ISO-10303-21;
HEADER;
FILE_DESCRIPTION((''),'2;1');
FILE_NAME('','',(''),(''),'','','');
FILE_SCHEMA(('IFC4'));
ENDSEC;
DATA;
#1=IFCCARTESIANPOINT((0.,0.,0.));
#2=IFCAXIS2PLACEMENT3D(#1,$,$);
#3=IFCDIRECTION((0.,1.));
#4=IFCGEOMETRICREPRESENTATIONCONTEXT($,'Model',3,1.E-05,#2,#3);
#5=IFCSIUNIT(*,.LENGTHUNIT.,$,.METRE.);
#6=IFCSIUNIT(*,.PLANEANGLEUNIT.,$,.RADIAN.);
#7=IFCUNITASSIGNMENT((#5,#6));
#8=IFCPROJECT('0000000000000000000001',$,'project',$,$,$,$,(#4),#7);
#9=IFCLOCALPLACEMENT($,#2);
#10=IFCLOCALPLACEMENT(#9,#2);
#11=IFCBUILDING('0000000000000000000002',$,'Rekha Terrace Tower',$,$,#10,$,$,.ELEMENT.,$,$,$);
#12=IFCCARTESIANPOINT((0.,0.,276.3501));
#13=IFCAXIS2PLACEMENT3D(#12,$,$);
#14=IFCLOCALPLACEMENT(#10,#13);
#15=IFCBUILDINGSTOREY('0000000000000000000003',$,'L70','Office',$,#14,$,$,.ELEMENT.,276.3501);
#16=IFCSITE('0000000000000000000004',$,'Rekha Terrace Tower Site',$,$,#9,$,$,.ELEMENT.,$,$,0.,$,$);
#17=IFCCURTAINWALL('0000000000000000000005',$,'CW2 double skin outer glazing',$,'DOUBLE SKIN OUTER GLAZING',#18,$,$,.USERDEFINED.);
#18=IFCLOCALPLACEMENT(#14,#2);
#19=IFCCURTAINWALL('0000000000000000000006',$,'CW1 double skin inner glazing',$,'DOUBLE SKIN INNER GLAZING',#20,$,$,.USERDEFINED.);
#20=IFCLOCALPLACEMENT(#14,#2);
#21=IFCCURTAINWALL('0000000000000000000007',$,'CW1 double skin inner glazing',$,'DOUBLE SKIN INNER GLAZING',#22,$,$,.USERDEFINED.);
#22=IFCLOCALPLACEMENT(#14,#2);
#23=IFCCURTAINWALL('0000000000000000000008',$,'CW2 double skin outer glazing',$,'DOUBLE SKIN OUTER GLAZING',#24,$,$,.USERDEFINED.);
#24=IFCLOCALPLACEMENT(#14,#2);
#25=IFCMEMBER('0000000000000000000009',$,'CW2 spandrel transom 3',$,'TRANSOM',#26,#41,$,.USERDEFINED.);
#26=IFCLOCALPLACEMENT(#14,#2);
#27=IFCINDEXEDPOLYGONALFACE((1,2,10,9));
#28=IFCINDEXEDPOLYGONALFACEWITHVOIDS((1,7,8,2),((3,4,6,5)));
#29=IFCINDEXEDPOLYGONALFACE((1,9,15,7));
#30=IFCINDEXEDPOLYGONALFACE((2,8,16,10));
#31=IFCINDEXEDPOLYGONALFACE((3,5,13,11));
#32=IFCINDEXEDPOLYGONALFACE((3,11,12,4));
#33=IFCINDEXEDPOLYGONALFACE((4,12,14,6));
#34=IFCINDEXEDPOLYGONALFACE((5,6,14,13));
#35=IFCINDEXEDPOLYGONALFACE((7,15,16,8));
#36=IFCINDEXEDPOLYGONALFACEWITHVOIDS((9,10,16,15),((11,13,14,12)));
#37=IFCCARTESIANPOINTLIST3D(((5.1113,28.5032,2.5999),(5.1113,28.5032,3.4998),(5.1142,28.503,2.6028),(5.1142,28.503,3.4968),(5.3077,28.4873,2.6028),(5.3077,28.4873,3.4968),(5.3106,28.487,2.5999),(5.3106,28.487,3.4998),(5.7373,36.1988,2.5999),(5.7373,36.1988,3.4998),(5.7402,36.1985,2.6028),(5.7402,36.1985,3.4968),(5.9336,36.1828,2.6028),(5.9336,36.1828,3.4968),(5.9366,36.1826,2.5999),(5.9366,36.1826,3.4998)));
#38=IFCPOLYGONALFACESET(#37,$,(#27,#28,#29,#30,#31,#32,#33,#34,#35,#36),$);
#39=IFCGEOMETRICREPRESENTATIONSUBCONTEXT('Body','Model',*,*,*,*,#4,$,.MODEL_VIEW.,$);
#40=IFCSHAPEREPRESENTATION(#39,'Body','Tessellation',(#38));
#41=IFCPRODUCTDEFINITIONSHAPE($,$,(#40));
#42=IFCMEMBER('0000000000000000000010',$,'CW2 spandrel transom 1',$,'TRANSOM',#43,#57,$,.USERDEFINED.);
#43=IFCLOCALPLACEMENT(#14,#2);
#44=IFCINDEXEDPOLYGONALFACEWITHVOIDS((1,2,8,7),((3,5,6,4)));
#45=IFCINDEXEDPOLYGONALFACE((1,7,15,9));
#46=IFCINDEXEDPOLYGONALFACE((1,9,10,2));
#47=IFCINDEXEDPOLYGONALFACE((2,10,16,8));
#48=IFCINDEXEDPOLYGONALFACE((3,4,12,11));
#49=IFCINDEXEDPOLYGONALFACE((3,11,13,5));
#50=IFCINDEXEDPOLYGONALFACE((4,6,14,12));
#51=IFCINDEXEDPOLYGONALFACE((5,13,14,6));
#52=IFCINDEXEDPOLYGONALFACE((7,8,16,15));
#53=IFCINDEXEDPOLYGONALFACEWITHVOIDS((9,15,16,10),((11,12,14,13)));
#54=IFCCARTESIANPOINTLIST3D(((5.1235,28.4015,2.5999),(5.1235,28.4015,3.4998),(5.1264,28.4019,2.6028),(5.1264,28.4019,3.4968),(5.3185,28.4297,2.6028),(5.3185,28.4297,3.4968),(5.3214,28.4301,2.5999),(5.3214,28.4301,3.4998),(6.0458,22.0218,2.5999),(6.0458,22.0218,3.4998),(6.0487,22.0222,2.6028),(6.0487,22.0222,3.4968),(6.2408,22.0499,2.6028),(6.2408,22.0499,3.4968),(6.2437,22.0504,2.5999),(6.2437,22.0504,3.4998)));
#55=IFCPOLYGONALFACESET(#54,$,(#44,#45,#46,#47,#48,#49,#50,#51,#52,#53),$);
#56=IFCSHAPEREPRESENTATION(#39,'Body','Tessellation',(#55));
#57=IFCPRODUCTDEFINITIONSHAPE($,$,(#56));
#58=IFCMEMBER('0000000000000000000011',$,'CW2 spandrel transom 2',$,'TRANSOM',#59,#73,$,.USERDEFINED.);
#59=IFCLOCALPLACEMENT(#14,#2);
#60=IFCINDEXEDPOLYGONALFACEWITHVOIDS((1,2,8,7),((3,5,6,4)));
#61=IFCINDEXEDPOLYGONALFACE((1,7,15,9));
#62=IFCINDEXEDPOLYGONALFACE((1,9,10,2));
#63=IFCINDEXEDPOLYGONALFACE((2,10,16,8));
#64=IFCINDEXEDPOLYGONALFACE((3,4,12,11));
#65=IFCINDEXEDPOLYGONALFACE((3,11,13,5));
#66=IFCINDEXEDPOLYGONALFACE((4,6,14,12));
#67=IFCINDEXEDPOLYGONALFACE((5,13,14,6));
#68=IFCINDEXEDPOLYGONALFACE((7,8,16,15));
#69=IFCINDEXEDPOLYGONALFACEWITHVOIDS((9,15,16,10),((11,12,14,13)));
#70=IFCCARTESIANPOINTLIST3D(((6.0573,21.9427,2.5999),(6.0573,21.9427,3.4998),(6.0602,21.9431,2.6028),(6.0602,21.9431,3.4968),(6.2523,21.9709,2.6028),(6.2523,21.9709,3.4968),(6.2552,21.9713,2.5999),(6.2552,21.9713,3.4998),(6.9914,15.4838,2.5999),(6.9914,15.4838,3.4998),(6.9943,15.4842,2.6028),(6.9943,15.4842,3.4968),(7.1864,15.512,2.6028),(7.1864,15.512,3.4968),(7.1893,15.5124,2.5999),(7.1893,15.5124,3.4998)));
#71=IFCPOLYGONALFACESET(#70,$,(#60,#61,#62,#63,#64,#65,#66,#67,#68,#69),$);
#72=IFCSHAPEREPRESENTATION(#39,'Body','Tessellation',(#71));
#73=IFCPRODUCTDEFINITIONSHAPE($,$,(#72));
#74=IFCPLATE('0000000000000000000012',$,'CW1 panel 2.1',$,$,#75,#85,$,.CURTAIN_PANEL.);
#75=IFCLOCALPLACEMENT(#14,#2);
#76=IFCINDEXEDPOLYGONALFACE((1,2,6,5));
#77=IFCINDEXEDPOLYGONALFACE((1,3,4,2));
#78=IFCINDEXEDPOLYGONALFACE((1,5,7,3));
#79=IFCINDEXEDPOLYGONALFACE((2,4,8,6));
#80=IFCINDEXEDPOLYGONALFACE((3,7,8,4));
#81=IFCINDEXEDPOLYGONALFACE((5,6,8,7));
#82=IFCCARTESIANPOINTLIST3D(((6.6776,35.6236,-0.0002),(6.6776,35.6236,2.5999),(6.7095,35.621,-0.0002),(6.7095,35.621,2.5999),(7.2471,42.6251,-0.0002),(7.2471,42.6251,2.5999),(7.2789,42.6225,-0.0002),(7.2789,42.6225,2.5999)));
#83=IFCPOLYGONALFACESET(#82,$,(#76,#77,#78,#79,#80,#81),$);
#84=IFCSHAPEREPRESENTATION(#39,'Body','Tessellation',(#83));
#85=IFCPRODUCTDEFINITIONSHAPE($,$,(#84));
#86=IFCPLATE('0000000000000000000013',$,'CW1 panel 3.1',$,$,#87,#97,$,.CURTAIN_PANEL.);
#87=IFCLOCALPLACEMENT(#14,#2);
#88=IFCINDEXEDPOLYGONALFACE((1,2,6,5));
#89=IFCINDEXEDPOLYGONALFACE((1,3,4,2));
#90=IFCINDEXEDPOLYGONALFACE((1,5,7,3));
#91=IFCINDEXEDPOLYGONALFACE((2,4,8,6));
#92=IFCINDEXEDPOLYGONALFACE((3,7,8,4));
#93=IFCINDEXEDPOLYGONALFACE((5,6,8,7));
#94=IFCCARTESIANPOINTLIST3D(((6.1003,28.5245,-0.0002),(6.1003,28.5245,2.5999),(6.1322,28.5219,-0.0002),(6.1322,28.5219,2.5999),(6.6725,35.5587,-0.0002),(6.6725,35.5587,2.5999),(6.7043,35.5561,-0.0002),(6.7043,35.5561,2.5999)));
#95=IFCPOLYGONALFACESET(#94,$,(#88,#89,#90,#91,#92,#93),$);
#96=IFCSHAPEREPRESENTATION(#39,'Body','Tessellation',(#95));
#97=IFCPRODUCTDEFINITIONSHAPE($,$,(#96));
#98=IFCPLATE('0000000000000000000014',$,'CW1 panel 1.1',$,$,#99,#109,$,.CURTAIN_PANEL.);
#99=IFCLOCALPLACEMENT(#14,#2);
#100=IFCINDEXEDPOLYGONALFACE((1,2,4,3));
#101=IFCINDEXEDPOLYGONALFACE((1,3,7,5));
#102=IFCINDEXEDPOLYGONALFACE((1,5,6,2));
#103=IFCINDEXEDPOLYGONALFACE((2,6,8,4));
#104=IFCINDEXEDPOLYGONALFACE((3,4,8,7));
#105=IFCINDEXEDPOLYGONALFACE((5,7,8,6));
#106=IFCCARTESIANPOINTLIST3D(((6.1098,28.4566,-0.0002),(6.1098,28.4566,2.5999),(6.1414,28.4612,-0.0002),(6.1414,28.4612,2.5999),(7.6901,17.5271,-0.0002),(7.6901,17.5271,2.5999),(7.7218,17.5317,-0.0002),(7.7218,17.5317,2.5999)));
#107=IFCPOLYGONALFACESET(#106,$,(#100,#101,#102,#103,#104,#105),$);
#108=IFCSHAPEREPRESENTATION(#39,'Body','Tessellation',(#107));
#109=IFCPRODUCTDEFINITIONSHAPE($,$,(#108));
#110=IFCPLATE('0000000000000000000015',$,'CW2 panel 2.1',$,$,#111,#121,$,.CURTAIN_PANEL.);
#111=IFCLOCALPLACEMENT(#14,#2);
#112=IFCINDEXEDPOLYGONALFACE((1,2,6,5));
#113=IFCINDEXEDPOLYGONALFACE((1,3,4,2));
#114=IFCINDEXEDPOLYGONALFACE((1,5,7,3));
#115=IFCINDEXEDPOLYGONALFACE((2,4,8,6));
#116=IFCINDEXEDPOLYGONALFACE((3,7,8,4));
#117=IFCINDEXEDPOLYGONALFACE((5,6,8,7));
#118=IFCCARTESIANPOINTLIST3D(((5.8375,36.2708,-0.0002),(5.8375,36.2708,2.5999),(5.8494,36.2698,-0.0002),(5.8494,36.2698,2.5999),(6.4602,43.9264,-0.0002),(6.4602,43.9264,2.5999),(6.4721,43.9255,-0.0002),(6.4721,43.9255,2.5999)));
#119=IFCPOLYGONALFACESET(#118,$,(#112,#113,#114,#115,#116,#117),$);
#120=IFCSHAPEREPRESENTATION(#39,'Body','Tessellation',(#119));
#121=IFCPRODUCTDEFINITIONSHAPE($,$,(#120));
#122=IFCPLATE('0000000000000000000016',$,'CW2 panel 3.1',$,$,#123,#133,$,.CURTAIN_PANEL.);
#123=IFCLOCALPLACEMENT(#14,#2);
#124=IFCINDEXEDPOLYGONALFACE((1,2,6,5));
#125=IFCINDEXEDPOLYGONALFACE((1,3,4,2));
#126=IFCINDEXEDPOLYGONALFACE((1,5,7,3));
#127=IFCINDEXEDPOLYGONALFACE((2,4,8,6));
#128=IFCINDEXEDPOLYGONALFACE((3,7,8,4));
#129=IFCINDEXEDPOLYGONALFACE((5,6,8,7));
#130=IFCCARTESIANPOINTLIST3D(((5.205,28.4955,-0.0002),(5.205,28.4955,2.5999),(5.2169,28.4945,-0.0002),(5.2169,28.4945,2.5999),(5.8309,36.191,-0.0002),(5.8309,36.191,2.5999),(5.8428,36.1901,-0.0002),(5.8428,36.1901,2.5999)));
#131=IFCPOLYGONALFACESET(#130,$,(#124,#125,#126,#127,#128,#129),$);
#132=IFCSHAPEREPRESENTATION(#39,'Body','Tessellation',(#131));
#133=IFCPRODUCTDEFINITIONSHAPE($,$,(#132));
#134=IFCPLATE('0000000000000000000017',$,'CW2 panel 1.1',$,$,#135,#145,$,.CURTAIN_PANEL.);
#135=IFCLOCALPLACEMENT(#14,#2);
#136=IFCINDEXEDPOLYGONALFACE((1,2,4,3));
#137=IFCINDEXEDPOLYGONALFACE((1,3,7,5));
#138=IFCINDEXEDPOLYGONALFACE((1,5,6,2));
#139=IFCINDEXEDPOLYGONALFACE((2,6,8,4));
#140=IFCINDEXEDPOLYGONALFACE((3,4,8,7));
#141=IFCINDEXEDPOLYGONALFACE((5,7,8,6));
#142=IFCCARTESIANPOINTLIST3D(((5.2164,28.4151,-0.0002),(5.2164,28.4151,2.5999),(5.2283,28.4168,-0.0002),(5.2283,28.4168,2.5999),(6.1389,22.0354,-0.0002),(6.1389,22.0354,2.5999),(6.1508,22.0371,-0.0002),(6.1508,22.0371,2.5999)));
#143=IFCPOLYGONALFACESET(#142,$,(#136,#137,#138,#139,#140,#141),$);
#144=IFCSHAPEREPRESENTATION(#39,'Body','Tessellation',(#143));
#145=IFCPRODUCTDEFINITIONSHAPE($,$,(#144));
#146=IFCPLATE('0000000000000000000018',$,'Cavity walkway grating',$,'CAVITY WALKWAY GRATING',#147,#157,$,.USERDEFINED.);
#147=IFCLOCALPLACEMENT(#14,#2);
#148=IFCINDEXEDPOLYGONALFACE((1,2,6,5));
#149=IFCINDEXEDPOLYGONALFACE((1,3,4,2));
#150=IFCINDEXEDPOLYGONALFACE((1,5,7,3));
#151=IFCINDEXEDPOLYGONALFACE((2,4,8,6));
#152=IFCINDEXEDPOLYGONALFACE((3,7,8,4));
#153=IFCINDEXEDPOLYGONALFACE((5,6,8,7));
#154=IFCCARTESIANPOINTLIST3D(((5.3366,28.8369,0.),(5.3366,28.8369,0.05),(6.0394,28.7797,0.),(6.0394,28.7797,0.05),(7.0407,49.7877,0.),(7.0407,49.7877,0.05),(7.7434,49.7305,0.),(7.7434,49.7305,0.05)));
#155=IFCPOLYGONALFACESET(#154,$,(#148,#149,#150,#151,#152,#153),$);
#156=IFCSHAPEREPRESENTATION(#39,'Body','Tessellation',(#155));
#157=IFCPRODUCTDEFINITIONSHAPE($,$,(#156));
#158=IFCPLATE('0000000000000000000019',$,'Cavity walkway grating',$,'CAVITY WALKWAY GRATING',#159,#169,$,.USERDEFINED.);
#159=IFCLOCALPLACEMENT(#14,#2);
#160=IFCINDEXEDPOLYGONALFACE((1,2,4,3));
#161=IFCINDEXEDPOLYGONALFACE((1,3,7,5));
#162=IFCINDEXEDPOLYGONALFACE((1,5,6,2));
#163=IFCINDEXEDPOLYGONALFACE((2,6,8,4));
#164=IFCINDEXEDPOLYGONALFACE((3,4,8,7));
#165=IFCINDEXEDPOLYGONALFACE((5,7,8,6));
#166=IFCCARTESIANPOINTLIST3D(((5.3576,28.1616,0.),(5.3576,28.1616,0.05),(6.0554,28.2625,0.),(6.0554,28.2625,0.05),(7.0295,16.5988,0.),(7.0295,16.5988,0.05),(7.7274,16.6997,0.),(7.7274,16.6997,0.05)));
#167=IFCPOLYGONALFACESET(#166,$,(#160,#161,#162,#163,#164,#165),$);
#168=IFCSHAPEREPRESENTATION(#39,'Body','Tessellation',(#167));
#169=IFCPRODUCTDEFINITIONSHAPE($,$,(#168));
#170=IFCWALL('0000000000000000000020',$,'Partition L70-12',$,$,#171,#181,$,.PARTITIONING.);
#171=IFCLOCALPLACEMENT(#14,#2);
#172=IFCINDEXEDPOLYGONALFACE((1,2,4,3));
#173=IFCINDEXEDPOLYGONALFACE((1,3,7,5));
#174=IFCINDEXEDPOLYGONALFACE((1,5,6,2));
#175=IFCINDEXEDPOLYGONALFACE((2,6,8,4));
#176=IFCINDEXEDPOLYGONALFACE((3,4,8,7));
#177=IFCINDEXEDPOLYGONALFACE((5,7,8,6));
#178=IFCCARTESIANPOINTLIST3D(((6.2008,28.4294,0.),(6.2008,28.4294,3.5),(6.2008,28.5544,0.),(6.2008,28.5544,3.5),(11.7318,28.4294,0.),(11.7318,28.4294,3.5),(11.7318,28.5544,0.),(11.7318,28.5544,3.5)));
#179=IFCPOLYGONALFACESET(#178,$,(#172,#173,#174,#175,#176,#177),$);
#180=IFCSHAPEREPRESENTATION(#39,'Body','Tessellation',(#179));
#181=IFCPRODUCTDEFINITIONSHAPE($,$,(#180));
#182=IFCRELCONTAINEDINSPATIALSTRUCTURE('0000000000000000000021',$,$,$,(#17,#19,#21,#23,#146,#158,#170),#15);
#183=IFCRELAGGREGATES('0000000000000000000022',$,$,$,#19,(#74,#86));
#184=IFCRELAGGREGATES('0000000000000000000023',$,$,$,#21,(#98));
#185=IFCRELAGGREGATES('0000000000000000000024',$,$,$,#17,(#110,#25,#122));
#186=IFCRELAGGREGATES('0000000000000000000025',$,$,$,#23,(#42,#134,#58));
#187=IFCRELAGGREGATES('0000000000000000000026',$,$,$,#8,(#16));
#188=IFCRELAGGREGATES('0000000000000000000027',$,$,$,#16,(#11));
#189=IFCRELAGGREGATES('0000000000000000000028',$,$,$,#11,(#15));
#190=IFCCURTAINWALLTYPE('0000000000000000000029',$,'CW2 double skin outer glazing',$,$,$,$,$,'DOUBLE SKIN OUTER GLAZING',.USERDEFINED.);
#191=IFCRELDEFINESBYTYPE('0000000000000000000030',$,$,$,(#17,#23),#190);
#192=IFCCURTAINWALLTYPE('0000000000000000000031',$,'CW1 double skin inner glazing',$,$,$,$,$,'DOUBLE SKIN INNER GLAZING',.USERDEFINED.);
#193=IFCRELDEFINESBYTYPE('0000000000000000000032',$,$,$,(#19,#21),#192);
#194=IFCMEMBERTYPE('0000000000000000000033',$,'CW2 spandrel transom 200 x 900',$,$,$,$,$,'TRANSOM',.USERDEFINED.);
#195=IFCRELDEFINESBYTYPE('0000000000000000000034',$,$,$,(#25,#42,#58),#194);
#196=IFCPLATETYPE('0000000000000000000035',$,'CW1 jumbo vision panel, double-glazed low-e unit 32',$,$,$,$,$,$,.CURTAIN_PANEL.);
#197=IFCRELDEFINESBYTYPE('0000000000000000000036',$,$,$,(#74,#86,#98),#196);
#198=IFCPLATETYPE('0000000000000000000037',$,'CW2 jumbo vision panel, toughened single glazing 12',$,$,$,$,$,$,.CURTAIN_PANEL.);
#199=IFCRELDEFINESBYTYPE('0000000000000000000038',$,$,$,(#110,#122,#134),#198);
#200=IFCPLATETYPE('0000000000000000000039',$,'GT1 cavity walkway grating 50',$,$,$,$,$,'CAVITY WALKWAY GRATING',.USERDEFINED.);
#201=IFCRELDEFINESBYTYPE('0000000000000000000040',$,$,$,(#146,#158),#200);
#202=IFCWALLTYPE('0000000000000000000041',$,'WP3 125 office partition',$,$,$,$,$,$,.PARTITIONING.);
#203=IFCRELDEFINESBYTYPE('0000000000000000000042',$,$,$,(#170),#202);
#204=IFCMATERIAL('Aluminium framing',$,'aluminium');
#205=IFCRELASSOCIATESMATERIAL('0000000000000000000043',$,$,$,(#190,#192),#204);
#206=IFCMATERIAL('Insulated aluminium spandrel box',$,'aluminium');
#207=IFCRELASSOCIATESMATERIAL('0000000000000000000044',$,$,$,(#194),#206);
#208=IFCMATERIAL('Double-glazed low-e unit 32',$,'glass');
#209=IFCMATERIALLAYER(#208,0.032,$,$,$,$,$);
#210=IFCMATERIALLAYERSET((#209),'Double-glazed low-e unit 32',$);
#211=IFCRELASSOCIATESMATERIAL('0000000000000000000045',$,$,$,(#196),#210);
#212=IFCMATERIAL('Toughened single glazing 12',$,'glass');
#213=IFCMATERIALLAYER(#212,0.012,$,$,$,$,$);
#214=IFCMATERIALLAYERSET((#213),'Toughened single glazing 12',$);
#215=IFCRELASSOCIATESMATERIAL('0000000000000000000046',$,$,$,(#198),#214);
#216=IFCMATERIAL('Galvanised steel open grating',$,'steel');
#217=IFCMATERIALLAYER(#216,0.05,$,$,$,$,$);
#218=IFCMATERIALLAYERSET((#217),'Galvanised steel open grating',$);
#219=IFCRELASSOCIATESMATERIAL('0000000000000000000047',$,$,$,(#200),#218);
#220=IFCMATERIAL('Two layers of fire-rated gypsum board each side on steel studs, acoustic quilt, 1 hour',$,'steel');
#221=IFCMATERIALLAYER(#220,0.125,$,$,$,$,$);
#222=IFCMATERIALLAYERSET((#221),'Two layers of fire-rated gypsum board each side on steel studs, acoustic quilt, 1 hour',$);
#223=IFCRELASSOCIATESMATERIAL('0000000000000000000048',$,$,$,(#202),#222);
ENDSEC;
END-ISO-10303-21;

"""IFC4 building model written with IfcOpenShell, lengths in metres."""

from ifc_helpers import new_model, si_unit, direction, frame, frame_2d, origin, origin_2d, place, context, subcontext, project, spatial, rectangle, hollow_rectangle, extrude, material, layer, layer_set, material_profile, profile_set, type_object, element, aggregate, save


model = new_model("IFC4")

# Units and contexts
model_context = context("Model", 3, precision=1e-05, world=origin(), true_north=direction((0.0, 1.0)))
body_context = subcontext(model_context, "Body", "Model", "MODEL_VIEW")
ifc_project = project(units=[si_unit("LENGTHUNIT", "METRE"), si_unit("PLANEANGLEUNIT", "RADIAN")], contexts=[model_context])

# Site, building, storey
site_placement = place(None, origin())
site = spatial("IfcSite", under=ifc_project, at=site_placement, Name="Rekha Terrace Tower Site", CompositionType="ELEMENT", RefElevation=0.0)
building_placement = place(site_placement, origin())
building = spatial("IfcBuilding", under=site, at=building_placement, Name="Rekha Terrace Tower", CompositionType="ELEMENT")
storey_placement = place(building_placement, frame((0.0, 0.0, 276.3501)))
storey = spatial("IfcBuildingStorey", under=building, at=storey_placement, Name="L70", Description="Office", CompositionType="ELEMENT", Elevation=276.3501)

# Curtain walls
ifc_material_1 = material(Name="Aluminium framing", Category="aluminium")
curtain_wall_type_1 = type_object("IfcCurtainWallType", Name="CW2 double skin outer glazing", ElementType="DOUBLE SKIN OUTER GLAZING", PredefinedType="USERDEFINED", material=ifc_material_1)
curtain_wall_1_placement = place(storey_placement, origin())
curtain_wall_1 = element("IfcCurtainWall", 1, at=curtain_wall_1_placement, inside=storey, type_object=curtain_wall_type_1, Name="CW2 double skin outer glazing", ObjectType="DOUBLE SKIN OUTER GLAZING", PredefinedType="USERDEFINED")
curtain_wall_type_2 = type_object("IfcCurtainWallType", Name="CW1 double skin inner glazing", ElementType="DOUBLE SKIN INNER GLAZING", PredefinedType="USERDEFINED", material=ifc_material_1)
curtain_wall_2_placement = place(storey_placement, origin())
curtain_wall_2 = element("IfcCurtainWall", 2, at=curtain_wall_2_placement, inside=storey, type_object=curtain_wall_type_2, Name="CW1 double skin inner glazing", ObjectType="DOUBLE SKIN INNER GLAZING", PredefinedType="USERDEFINED")
curtain_wall_3_placement = place(storey_placement, origin())
curtain_wall_3 = element("IfcCurtainWall", 3, at=curtain_wall_3_placement, inside=storey, type_object=curtain_wall_type_2, Name="CW1 double skin inner glazing", ObjectType="DOUBLE SKIN INNER GLAZING", PredefinedType="USERDEFINED")

# Shared definitions
ifc_material_2 = material(Name="Insulated aluminium spandrel box", Category="aluminium")

# Curtain wall
curtain_wall_4_placement = place(storey_placement, origin())
curtain_wall_4 = element("IfcCurtainWall", 4, at=curtain_wall_4_placement, inside=storey, type_object=curtain_wall_type_1, Name="CW2 double skin outer glazing", ObjectType="DOUBLE SKIN OUTER GLAZING", PredefinedType="USERDEFINED")

# Members
ifc_material_profile_1 = material_profile(ifc_material_2, hollow_rectangle(XDim=0.2, YDim=0.8999, WallThickness=0.0029, at=origin_2d()), Name="AL SPANDREL BOX 200x900")
ifc_profile_set_1 = profile_set([ifc_material_profile_1], Name="Insulated aluminium spandrel box")
member_type_1 = type_object("IfcMemberType", Name="CW2 spandrel transom 200 x 900", ElementType="TRANSOM", PredefinedType="USERDEFINED", material=ifc_profile_set_1)
member_1_placement = place(storey_placement, frame((5.8369, 36.1907, 3.0498), z_axis=(-0.081075, -0.996708, 0.0), x_axis=(0.996708, -0.081075, 0.0)))
member_1 = element("IfcMember", 5, at=member_1_placement, type_object=member_type_1, Name="CW2 spandrel transom 3", ObjectType="TRANSOM", PredefinedType="USERDEFINED", context=body_context, shape_type="SweptSolid", body=[
    extrude(hollow_rectangle(XDim=0.2, YDim=0.8999, WallThickness=0.0029, at=origin_2d()), origin(), (0.0, 0.0, 1.0), 7.7209),
])
member_2_placement = place(storey_placement, frame((5.2224, 28.4158, 3.0498), z_axis=(0.143091, -0.989709, 0.0), x_axis=(0.989709, 0.143091, 0.0)))
member_2 = element("IfcMember", 6, at=member_2_placement, type_object=member_type_1, Name="CW2 spandrel transom 1", ObjectType="TRANSOM", PredefinedType="USERDEFINED", context=body_context, shape_type="SweptSolid", body=[
    extrude(hollow_rectangle(XDim=0.2, YDim=0.8999, WallThickness=0.0029, at=origin_2d()), origin(), (0.0, 0.0, 1.0), 6.446),
])
member_3_placement = place(storey_placement, frame((6.1562, 21.957, 3.0498), z_axis=(0.143129, -0.989704, 0.0), x_axis=(0.989704, 0.143129, 0.0)))
member_3 = element("IfcMember", 7, at=member_3_placement, type_object=member_type_1, Name="CW2 spandrel transom 2", ObjectType="TRANSOM", PredefinedType="USERDEFINED", context=body_context, shape_type="SweptSolid", body=[
    extrude(hollow_rectangle(XDim=0.2, YDim=0.8999, WallThickness=0.0029, at=origin_2d()), origin(), (0.0, 0.0, 1.0), 6.5261),
])

# Plates
ifc_material_3 = material(Name="Double-glazed low-e unit 32", Category="glass")
ifc_layer_1 = layer(ifc_material_3, 0.032)
ifc_layer_set_1 = layer_set([ifc_layer_1], Name="Double-glazed low-e unit 32")
plate_type_1 = type_object("IfcPlateType", Name="CW1 jumbo vision panel, double-glazed low-e unit 32", PredefinedType="CURTAIN_PANEL", material=ifc_layer_set_1)
plate_1_placement = place(storey_placement, frame((6.9783, 39.123, -0.0002), z_axis=(0.0, 0.0, 1.0), x_axis=(-0.081068, -0.996709, 0.0)))
plate_1 = element("IfcPlate", 8, at=plate_1_placement, type_object=plate_type_1, Name="CW1 panel 2.1", PredefinedType="CURTAIN_PANEL", context=body_context, shape_type="SweptSolid", body=[
    extrude(rectangle(XDim=7.0247, YDim=0.032, at=origin_2d()), origin(), (0.0, 0.0, 1.0), 2.6001),
])
plate_2_placement = place(storey_placement, frame((6.4023, 32.0403, -0.0002), z_axis=(0.0, 0.0, 1.0), x_axis=(-0.081068, -0.996709, 0.0)))
plate_2 = element("IfcPlate", 9, at=plate_2_placement, type_object=plate_type_1, Name="CW1 panel 3.1", PredefinedType="CURTAIN_PANEL", context=body_context, shape_type="SweptSolid", body=[
    extrude(rectangle(XDim=7.0574, YDim=0.032, at=origin_2d()), origin(), (0.0, 0.0, 1.0), 2.6001),
])
aggregate(curtain_wall_2, [plate_1, plate_2])
plate_3_placement = place(storey_placement, frame((6.9158, 22.9941, -0.0002), z_axis=(0.0, 0.0, 1.0), x_axis=(0.143108, -0.989707, 0.0)))
plate_3 = element("IfcPlate", 10, at=plate_3_placement, type_object=plate_type_1, Name="CW1 panel 1.1", PredefinedType="CURTAIN_PANEL", context=body_context, shape_type="SweptSolid", body=[
    extrude(rectangle(XDim=11.0432, YDim=0.032, at=origin_2d()), origin(), (0.0, 0.0, 1.0), 2.6001),
])
aggregate(curtain_wall_3, [plate_3])
ifc_material_4 = material(Name="Toughened single glazing 12", Category="glass")
ifc_layer_2 = layer(ifc_material_4, 0.012)
ifc_layer_set_2 = layer_set([ifc_layer_2], Name="Toughened single glazing 12")
plate_type_2 = type_object("IfcPlateType", Name="CW2 jumbo vision panel, toughened single glazing 12", PredefinedType="CURTAIN_PANEL", material=ifc_layer_set_2)
plate_4_placement = place(storey_placement, frame((6.1548, 40.0981, -0.0002), z_axis=(0.0, 0.0, 1.0), x_axis=(-0.081068, -0.996709, 0.0)))
plate_4 = element("IfcPlate", 11, at=plate_4_placement, type_object=plate_type_2, Name="CW2 panel 2.1", PredefinedType="CURTAIN_PANEL", context=body_context, shape_type="SweptSolid", body=[
    extrude(rectangle(XDim=7.6809, YDim=0.012, at=origin_2d()), origin(), (0.0, 0.0, 1.0), 2.6001),
])
plate_5_placement = place(storey_placement, frame((5.5239, 32.3428, -0.0002), z_axis=(0.0, 0.0, 1.0), x_axis=(-0.081068, -0.996709, 0.0)))
plate_5 = element("IfcPlate", 12, at=plate_5_placement, type_object=plate_type_2, Name="CW2 panel 3.1", PredefinedType="CURTAIN_PANEL", context=body_context, shape_type="SweptSolid", body=[
    extrude(rectangle(XDim=7.7209, YDim=0.012, at=origin_2d()), origin(), (0.0, 0.0, 1.0), 2.6001),
])
aggregate(curtain_wall_1, [plate_4, member_1, plate_5])
plate_6_placement = place(storey_placement, frame((5.6836, 25.2261, -0.0002), z_axis=(0.0, 0.0, 1.0), x_axis=(0.143108, -0.989707, 0.0)))
plate_6 = element("IfcPlate", 13, at=plate_6_placement, type_object=plate_type_2, Name="CW2 panel 1.1", PredefinedType="CURTAIN_PANEL", context=body_context, shape_type="SweptSolid", body=[
    extrude(rectangle(XDim=6.446, YDim=0.012, at=origin_2d()), origin(), (0.0, 0.0, 1.0), 2.6001),
])
aggregate(curtain_wall_4, [member_2, plate_6, member_3])

# Plates
ifc_material_5 = material(Name="Galvanised steel open grating", Category="steel")
ifc_layer_3 = layer(ifc_material_5, 0.05)
ifc_layer_set_3 = layer_set([ifc_layer_3], Name="Galvanised steel open grating")
plate_type_3 = type_object("IfcPlateType", Name="GT1 cavity walkway grating 50", ElementType="CAVITY WALKWAY GRATING", PredefinedType="USERDEFINED", material=ifc_layer_set_3)
plate_7_placement = place(storey_placement, frame((6.54, 39.2837, 0.0), z_axis=(0.0, 0.0, 1.0), x_axis=(-0.081068, -0.996709, 0.0)))
element("IfcPlate", 14, at=plate_7_placement, inside=storey, type_object=plate_type_3, Name="Cavity walkway grating", ObjectType="CAVITY WALKWAY GRATING", PredefinedType="USERDEFINED", context=body_context, shape_type="SweptSolid", body=[
    extrude(rectangle(XDim=21.02, YDim=0.7051, at=origin_2d()), origin(), (0.0, 0.0, 1.0), 0.05),
])
plate_8_placement = place(storey_placement, frame((6.5425, 22.4307, 0.0), z_axis=(0.0, 0.0, 1.0), x_axis=(0.143108, -0.989707, 0.0)))
element("IfcPlate", 15, at=plate_8_placement, inside=storey, type_object=plate_type_3, Name="Cavity walkway grating", ObjectType="CAVITY WALKWAY GRATING", PredefinedType="USERDEFINED", context=body_context, shape_type="SweptSolid", body=[
    extrude(rectangle(XDim=11.6831, YDim=0.7051, at=origin_2d()), origin(), (0.0, 0.0, 1.0), 0.05),
])

# Wall
ifc_material_6 = material(Name="Two layers of fire-rated gypsum board each side on steel studs, acoustic quilt, 1 hour", Category="steel")
ifc_layer_4 = layer(ifc_material_6, 0.125)
ifc_layer_set_4 = layer_set([ifc_layer_4], Name="Two layers of fire-rated gypsum board each side on steel studs, acoustic quilt, 1 hour")
wall_type = type_object("IfcWallType", Name="WP3 125 office partition", PredefinedType="PARTITIONING", material=ifc_layer_set_4)
wall_1_placement = place(storey_placement, frame((11.7319, 28.4919, 0.0), z_axis=(0.0, 0.0, 1.0), x_axis=(-1.0, 0.0, 0.0)))
element("IfcWall", 16, at=wall_1_placement, inside=storey, type_object=wall_type, Name="Partition L70-12", PredefinedType="PARTITIONING", context=body_context, shape_type="SweptSolid", body=[
    extrude(rectangle(XDim=5.531, YDim=0.125, at=frame_2d((2.7656, 0.0))), origin(), (0.0, 0.0, 1.0), 3.5),
])

save(model, "model.ifc")
